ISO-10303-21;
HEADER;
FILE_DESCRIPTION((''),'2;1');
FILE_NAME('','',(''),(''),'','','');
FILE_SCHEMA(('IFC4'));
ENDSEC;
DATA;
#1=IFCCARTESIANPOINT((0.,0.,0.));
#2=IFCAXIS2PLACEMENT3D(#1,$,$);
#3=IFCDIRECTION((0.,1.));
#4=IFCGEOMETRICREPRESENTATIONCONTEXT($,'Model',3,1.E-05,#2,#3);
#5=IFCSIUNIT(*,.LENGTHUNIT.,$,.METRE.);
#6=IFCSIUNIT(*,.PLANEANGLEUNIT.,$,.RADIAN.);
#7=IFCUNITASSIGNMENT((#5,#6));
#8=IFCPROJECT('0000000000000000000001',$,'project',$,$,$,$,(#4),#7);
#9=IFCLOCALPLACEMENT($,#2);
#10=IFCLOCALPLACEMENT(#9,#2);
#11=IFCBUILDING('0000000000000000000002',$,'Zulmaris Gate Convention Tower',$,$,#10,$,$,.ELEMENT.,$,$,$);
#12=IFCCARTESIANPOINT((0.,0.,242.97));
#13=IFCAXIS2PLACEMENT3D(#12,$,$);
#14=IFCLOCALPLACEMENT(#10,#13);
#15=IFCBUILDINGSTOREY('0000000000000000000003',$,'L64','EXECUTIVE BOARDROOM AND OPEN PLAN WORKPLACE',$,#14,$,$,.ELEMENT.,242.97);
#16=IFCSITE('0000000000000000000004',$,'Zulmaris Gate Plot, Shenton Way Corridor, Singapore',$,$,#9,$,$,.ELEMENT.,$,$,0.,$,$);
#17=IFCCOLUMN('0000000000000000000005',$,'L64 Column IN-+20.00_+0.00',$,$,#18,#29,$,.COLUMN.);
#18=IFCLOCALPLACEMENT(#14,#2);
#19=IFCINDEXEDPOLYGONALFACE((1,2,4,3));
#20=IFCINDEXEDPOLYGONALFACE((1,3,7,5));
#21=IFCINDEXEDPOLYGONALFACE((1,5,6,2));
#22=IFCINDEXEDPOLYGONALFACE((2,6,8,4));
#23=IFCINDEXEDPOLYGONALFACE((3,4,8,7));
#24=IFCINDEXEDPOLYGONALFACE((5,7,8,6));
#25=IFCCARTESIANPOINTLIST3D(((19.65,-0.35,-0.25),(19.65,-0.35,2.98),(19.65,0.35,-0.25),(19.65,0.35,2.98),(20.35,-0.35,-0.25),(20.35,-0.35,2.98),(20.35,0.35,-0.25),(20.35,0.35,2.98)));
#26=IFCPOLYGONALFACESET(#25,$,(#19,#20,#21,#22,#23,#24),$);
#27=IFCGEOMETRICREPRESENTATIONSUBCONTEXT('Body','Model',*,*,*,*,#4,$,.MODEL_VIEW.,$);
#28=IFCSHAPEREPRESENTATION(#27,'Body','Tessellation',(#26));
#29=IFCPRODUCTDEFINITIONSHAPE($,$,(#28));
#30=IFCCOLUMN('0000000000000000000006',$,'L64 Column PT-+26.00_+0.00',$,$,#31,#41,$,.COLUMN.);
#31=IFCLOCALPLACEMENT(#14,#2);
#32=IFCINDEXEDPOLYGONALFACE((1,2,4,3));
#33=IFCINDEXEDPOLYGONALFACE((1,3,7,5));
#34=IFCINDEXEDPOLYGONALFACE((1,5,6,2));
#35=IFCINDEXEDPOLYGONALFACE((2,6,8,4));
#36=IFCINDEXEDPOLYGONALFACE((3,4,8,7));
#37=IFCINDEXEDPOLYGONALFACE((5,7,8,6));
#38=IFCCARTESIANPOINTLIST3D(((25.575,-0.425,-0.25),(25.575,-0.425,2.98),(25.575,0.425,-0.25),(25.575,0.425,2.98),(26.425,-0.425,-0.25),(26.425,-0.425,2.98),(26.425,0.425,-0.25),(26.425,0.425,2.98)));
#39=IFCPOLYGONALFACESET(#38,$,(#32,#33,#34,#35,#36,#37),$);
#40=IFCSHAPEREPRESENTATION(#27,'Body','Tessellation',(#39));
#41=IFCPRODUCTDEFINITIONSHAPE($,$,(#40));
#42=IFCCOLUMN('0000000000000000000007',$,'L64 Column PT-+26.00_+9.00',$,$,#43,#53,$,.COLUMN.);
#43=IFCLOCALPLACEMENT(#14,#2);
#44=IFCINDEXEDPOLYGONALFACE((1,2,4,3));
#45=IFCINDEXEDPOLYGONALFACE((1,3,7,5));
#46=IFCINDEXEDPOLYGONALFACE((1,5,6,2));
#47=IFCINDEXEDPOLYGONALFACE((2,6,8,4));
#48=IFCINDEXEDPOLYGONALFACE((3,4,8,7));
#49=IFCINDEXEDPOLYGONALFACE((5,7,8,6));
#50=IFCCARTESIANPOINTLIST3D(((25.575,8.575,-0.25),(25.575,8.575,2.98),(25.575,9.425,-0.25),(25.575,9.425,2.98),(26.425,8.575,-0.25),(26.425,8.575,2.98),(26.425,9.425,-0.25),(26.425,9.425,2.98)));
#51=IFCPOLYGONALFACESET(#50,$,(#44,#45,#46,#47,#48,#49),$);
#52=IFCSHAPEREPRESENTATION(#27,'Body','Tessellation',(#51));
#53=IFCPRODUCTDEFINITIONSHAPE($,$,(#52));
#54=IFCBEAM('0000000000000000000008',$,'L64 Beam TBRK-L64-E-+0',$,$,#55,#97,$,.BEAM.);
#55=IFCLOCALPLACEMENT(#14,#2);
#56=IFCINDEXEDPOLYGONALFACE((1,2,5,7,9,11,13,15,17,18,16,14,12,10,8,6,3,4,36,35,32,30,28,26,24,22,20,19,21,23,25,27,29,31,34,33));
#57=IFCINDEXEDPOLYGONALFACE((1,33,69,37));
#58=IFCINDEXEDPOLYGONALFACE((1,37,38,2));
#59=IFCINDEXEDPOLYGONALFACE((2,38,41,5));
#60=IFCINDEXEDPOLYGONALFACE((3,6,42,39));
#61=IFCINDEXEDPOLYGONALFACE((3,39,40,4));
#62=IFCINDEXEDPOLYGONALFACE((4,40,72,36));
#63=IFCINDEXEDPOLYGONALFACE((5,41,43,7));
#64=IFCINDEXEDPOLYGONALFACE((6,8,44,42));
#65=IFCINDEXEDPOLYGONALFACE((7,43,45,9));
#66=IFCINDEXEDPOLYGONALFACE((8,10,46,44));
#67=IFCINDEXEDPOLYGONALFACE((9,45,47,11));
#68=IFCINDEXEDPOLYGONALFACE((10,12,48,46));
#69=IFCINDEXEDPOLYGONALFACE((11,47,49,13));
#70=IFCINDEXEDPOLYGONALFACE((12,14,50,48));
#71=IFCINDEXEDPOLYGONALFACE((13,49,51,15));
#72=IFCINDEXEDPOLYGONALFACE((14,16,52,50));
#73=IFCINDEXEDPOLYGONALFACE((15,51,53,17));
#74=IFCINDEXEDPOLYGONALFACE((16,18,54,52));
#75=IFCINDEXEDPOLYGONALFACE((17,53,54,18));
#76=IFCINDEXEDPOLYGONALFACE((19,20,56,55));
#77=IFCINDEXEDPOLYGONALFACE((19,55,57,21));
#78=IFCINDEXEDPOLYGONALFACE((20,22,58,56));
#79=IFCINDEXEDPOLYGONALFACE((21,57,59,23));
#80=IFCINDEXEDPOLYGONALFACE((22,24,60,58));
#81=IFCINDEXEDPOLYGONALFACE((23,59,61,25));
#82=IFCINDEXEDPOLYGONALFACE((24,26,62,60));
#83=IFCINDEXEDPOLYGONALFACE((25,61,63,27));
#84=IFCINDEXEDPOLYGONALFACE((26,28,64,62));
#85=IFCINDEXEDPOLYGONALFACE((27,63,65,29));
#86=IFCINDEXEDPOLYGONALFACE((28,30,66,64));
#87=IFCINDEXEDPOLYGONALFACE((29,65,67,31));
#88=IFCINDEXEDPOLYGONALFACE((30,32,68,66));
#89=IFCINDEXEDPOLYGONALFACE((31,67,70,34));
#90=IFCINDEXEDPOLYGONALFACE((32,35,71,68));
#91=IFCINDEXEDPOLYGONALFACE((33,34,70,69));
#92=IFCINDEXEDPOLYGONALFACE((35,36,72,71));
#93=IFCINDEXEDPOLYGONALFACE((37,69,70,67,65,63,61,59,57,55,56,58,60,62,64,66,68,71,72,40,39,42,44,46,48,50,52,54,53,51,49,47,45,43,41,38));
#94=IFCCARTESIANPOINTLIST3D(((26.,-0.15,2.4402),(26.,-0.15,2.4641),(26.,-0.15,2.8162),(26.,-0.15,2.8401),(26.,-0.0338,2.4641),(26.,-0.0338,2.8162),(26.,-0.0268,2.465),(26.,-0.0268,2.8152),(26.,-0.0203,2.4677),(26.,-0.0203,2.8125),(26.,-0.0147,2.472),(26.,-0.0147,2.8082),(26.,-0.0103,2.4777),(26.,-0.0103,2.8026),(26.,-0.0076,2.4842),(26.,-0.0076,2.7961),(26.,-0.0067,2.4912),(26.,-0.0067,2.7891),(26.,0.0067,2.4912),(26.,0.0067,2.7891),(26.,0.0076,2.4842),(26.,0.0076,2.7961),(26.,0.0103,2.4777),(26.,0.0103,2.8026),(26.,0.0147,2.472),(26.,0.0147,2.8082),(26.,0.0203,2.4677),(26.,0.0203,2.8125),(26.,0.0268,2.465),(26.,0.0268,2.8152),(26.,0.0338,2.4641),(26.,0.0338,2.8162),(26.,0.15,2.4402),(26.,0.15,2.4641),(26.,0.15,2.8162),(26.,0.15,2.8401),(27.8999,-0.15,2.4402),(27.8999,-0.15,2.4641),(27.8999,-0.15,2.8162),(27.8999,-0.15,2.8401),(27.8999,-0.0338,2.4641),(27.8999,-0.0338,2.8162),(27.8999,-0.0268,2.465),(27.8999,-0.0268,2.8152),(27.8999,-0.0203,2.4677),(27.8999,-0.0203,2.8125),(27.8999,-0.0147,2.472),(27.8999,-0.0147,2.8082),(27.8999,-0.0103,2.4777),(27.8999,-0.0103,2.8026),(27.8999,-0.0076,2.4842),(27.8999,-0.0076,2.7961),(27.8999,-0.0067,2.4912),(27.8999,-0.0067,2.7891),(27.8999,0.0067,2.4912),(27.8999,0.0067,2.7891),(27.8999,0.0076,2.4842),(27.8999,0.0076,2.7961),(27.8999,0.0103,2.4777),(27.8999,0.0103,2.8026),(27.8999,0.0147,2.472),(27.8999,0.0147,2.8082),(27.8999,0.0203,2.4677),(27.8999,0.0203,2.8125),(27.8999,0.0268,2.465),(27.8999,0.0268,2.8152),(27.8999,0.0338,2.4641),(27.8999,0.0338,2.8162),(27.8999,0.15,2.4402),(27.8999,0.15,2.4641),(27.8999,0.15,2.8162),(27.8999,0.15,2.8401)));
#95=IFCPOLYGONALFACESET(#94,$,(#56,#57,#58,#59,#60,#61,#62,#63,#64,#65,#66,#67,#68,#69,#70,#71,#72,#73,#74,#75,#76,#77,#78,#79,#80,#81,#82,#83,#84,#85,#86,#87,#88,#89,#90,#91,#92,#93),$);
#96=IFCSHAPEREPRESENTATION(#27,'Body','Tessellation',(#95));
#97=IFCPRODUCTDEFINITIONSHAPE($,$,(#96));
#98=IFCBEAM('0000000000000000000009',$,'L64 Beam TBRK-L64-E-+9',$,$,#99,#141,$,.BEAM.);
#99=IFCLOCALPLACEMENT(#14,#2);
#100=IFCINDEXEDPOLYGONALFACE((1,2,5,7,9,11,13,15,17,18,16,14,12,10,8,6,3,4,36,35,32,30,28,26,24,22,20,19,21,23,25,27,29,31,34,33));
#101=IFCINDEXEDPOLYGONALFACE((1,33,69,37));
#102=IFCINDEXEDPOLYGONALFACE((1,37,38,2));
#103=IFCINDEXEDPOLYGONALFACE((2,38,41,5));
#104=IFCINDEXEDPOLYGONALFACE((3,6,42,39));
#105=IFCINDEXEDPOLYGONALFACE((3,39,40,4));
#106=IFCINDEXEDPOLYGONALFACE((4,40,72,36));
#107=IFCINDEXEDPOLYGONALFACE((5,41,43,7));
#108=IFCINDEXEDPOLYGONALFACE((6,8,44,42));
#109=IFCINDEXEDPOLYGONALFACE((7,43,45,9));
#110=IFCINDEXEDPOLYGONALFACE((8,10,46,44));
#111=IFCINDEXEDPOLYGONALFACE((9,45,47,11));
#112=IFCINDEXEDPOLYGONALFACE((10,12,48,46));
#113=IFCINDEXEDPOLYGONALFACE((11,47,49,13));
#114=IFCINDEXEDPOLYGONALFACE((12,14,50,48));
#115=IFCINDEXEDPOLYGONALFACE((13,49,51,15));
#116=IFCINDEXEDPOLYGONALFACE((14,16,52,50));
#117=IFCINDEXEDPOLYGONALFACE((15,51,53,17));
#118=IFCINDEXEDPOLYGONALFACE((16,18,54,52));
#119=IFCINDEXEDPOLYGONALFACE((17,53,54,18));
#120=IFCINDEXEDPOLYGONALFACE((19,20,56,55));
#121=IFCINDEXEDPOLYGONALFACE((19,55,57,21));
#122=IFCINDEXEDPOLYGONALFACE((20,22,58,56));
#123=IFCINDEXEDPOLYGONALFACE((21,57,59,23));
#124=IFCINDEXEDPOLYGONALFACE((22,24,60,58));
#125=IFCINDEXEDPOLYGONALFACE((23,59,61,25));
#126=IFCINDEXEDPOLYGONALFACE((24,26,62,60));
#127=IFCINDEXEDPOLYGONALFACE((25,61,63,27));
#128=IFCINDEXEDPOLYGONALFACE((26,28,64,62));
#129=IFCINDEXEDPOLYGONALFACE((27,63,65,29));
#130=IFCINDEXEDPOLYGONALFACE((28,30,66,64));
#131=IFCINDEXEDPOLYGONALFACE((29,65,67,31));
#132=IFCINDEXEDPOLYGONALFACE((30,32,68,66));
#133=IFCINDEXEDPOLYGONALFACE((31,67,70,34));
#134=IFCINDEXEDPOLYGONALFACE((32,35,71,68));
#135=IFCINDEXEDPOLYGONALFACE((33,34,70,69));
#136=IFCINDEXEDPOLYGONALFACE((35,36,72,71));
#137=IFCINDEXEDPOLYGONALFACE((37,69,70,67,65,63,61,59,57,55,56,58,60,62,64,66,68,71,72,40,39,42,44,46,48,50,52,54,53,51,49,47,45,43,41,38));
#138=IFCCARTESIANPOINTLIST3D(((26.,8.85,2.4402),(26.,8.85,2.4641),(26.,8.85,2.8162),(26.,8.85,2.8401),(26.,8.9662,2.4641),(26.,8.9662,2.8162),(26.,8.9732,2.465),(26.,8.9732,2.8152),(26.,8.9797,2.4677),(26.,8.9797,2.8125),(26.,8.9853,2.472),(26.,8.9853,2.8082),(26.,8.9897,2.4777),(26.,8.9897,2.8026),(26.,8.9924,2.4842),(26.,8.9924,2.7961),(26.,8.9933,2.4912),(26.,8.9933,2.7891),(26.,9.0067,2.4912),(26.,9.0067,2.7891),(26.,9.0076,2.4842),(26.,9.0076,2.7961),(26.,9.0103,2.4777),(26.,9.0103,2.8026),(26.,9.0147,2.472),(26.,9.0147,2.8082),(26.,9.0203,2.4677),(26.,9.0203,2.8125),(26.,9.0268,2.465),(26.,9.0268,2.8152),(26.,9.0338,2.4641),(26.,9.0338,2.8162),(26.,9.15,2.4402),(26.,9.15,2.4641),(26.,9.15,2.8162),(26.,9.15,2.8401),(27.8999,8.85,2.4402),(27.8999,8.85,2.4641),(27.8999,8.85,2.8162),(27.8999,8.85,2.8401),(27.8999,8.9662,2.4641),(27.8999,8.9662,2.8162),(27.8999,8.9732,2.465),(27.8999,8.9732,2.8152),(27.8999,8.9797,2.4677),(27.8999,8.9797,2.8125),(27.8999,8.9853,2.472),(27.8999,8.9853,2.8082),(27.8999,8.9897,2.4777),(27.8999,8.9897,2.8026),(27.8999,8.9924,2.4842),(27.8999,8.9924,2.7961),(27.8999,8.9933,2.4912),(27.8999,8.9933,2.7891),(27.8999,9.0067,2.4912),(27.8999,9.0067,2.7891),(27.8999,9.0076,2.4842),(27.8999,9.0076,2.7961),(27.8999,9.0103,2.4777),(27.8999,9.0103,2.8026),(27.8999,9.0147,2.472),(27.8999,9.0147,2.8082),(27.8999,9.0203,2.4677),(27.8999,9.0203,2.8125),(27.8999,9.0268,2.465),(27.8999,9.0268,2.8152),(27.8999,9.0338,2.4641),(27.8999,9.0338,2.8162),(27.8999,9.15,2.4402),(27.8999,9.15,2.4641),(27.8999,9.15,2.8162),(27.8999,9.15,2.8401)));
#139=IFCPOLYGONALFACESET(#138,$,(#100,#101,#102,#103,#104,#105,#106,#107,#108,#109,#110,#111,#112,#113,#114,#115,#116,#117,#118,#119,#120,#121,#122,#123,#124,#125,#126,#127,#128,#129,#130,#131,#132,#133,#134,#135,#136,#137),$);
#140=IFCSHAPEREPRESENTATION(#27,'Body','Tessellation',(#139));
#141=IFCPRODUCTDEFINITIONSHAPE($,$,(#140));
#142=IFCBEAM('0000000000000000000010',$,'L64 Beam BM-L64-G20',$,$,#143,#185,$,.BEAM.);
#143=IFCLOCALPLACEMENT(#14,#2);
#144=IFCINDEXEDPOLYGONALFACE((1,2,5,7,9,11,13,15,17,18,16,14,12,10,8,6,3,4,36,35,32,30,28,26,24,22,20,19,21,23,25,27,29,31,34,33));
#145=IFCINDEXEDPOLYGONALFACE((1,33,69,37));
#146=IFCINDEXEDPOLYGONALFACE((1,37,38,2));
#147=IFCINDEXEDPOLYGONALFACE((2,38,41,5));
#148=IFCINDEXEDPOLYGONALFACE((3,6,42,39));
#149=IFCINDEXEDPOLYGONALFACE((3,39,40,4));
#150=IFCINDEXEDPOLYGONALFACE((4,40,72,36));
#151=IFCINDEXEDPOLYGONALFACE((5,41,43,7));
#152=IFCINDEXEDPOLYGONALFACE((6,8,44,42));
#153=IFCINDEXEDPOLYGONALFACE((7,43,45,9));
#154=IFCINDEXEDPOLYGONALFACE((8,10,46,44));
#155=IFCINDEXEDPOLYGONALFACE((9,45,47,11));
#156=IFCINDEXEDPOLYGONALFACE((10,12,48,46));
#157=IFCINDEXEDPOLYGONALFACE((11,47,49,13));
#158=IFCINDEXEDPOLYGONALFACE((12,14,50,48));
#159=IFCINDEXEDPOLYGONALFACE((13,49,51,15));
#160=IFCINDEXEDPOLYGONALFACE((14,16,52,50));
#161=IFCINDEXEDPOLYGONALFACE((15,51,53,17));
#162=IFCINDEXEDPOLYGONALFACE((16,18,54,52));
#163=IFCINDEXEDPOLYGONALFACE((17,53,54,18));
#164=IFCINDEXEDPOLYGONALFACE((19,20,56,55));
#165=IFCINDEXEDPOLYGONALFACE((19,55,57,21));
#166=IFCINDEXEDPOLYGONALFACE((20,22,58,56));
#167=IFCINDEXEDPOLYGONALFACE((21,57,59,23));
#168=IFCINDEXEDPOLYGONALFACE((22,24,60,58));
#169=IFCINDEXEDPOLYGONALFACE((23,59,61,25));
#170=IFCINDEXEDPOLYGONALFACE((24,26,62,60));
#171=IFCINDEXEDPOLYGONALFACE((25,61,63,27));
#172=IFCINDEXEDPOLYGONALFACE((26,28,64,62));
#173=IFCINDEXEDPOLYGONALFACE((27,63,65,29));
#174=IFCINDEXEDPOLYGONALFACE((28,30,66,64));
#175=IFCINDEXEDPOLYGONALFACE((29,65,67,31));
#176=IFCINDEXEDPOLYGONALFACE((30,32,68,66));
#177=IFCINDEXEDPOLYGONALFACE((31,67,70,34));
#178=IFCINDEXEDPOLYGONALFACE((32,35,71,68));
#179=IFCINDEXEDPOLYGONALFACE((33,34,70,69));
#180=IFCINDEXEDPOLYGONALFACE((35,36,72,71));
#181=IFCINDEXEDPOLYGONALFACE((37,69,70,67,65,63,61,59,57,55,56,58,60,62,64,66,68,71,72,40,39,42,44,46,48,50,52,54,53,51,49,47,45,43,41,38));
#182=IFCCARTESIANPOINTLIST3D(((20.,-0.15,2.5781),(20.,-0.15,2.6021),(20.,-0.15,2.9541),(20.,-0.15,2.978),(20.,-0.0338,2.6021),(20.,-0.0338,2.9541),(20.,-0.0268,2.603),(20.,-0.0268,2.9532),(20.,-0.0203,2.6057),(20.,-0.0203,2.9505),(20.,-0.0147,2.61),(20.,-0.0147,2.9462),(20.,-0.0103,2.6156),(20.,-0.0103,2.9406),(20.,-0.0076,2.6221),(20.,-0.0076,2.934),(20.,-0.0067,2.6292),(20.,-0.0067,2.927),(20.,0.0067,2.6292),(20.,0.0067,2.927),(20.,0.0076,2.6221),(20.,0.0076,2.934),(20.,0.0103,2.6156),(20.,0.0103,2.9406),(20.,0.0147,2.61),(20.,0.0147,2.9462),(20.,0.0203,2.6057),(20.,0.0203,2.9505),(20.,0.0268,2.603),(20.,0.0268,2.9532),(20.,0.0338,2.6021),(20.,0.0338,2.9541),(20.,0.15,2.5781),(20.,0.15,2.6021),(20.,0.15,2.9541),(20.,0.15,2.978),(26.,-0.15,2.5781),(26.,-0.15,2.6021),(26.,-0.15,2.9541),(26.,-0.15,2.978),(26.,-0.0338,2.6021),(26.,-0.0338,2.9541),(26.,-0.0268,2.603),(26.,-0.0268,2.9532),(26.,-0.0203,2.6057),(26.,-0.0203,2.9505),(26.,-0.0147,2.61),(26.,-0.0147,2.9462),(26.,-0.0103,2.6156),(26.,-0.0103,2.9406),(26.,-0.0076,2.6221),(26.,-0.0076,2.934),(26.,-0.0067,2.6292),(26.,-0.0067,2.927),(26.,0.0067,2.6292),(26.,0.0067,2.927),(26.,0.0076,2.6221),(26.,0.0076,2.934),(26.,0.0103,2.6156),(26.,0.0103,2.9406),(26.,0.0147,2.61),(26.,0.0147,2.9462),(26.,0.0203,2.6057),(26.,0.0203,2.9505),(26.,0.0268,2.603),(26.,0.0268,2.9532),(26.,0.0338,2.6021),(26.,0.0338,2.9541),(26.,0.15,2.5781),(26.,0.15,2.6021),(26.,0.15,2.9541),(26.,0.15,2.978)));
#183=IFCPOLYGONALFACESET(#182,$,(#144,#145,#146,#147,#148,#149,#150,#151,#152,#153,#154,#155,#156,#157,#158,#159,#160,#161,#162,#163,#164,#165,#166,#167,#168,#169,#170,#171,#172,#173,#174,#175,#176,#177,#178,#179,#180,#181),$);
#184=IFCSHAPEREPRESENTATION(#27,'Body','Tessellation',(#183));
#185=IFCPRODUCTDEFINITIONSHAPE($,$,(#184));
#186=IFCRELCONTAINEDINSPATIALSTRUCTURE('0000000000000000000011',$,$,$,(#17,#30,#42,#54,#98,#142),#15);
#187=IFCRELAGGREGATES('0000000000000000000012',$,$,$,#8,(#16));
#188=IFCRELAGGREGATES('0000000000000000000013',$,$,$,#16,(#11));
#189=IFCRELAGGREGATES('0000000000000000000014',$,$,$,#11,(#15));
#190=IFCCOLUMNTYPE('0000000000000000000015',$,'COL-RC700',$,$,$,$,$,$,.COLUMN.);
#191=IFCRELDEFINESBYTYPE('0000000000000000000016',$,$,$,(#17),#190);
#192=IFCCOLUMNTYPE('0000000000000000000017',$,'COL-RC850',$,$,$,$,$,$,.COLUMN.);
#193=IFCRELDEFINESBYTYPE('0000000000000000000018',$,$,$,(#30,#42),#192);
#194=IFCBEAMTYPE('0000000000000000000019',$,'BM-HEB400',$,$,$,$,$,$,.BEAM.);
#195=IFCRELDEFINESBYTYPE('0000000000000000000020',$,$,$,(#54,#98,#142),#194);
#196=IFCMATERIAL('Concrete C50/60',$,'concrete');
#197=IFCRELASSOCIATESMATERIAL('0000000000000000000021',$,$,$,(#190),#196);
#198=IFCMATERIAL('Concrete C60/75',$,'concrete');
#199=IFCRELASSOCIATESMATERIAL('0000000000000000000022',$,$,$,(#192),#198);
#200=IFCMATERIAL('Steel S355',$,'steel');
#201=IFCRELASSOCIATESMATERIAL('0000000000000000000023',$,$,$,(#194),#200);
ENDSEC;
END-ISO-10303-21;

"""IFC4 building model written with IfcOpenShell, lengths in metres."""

from ifc_helpers import new_model, si_unit, direction, frame, origin, origin_2d, place, context, subcontext, project, spatial, rectangle, i_section, extrude, material, material_profile, profile_set, type_object, element, save


model = new_model("IFC4")

# Units and contexts
model_context = context("Model", 3, precision=1e-05, world=origin(), true_north=direction((0.0, 1.0)))
body_context = subcontext(model_context, "Body", "Model", "MODEL_VIEW")
ifc_project = project(units=[si_unit("LENGTHUNIT", "METRE"), si_unit("PLANEANGLEUNIT", "RADIAN")], contexts=[model_context])

# Site, building, storey
site_placement = place(None, origin())
site = spatial("IfcSite", under=ifc_project, at=site_placement, Name="Zulmaris Gate Plot, Shenton Way Corridor, Singapore", CompositionType="ELEMENT", RefElevation=0.0)
building_placement = place(site_placement, origin())
building = spatial("IfcBuilding", under=site, at=building_placement, Name="Zulmaris Gate Convention Tower", CompositionType="ELEMENT")
storey_placement = place(building_placement, frame((0.0, 0.0, 242.97)))
storey = spatial("IfcBuildingStorey", under=building, at=storey_placement, Name="L64", Description="EXECUTIVE BOARDROOM AND OPEN PLAN WORKPLACE", CompositionType="ELEMENT", Elevation=242.97)

# Columns
ifc_material_1 = material(Name="Concrete C50/60", Category="concrete")
ifc_material_profile_1 = material_profile(ifc_material_1, rectangle(XDim=0.7, YDim=0.7, at=origin_2d()), Name="RC COL 700x700")
ifc_profile_set_1 = profile_set([ifc_material_profile_1], Name="Concrete C50/60")
column_type_1 = type_object("IfcColumnType", Name="COL-RC700", PredefinedType="COLUMN", material=ifc_profile_set_1)
column_placement = place(storey_placement, frame((20.0, 0.0, -0.25), z_axis=(0.0, 0.0, 1.0), x_axis=(1.0, 0.0, 0.0)))
element("IfcColumn", 1, at=column_placement, inside=storey, type_object=column_type_1, Name="L64 Column IN-+20.00_+0.00", PredefinedType="COLUMN", context=body_context, shape_type="SweptSolid", body=[
    extrude(rectangle(XDim=0.7, YDim=0.7, at=origin_2d()), origin(), (0.0, 0.0, 1.0), 3.23),
])
ifc_material_2 = material(Name="Concrete C60/75", Category="concrete")
ifc_material_profile_2 = material_profile(ifc_material_2, rectangle(XDim=0.8501, YDim=0.8501, at=origin_2d()), Name="RC COL 850x850")
ifc_profile_set_2 = profile_set([ifc_material_profile_2], Name="Concrete C60/75")
column_type_2 = type_object("IfcColumnType", Name="COL-RC850", PredefinedType="COLUMN", material=ifc_profile_set_2)
for number, where, z_axis, x_axis, name in (
    (2, (26.0, 0.0, -0.25), (0.0, 0.0, 1.0), (1.0, 0.0, 0.0), "L64 Column PT-+26.00_+0.00"),
    (3, (26.0, 9.0, -0.25), (0.0, 0.0, 1.0), (1.0, 0.0, 0.0), "L64 Column PT-+26.00_+9.00"),
):
    element("IfcColumn", number, at=place(storey_placement, frame(where, z_axis=z_axis, x_axis=x_axis)), inside=storey, type_object=column_type_2, Name=name, PredefinedType="COLUMN", context=body_context, shape_type="SweptSolid", body=[
        extrude(rectangle(XDim=0.8501, YDim=0.8501, at=origin_2d()), origin(), (0.0, 0.0, 1.0), 3.23),
    ])

# Beams
ifc_material_3 = material(Name="Steel S355", Category="steel")
ifc_material_profile_3 = material_profile(ifc_material_3, i_section(OverallWidth=0.3, OverallDepth=0.3999, WebThickness=0.0134, FlangeThickness=0.0239, FilletRadius=0.0271, at=origin_2d()), Name="HEB 400")
ifc_profile_set_3 = profile_set([ifc_material_profile_3], Name="Steel S355")
beam_type_1 = type_object("IfcBeamType", Name="BM-HEB400", PredefinedType="BEAM", material=ifc_profile_set_3)
for number, where, z_axis, x_axis, name in (
    (4, (26.0, 0.0, 2.6401), (1.0, 0.0, 0.0), (0.0, 1.0, 0.0), "L64 Beam TBRK-L64-E-+0"),
    (5, (26.0, 9.0, 2.6401), (1.0, 0.0, 0.0), (0.0, 1.0, 0.0), "L64 Beam TBRK-L64-E-+9"),
):
    element("IfcBeam", number, at=place(storey_placement, frame(where, z_axis=z_axis, x_axis=x_axis)), inside=storey, type_object=beam_type_1, Name=name, PredefinedType="BEAM", context=body_context, shape_type="SweptSolid", body=[
        extrude(i_section(OverallWidth=0.3, OverallDepth=0.3999, WebThickness=0.0134, FlangeThickness=0.0239, FilletRadius=0.0271, at=origin_2d()), origin(), (0.0, 0.0, 1.0), 1.8999),
    ])
for number, where, z_axis, x_axis, name in (
    (6, (20.0, 0.0, 2.7781), (1.0, 0.0, 0.0), (0.0, 1.0, 0.0), "L64 Beam BM-L64-G20"),
):
    element("IfcBeam", number, at=place(storey_placement, frame(where, z_axis=z_axis, x_axis=x_axis)), inside=storey, type_object=beam_type_1, Name=name, PredefinedType="BEAM", context=body_context, shape_type="SweptSolid", body=[
        extrude(i_section(OverallWidth=0.3, OverallDepth=0.3999, WebThickness=0.0134, FlangeThickness=0.0239, FilletRadius=0.0271, at=origin_2d()), origin(), (0.0, 0.0, 1.0), 6.0),
    ])

save(model, "model.ifc")
